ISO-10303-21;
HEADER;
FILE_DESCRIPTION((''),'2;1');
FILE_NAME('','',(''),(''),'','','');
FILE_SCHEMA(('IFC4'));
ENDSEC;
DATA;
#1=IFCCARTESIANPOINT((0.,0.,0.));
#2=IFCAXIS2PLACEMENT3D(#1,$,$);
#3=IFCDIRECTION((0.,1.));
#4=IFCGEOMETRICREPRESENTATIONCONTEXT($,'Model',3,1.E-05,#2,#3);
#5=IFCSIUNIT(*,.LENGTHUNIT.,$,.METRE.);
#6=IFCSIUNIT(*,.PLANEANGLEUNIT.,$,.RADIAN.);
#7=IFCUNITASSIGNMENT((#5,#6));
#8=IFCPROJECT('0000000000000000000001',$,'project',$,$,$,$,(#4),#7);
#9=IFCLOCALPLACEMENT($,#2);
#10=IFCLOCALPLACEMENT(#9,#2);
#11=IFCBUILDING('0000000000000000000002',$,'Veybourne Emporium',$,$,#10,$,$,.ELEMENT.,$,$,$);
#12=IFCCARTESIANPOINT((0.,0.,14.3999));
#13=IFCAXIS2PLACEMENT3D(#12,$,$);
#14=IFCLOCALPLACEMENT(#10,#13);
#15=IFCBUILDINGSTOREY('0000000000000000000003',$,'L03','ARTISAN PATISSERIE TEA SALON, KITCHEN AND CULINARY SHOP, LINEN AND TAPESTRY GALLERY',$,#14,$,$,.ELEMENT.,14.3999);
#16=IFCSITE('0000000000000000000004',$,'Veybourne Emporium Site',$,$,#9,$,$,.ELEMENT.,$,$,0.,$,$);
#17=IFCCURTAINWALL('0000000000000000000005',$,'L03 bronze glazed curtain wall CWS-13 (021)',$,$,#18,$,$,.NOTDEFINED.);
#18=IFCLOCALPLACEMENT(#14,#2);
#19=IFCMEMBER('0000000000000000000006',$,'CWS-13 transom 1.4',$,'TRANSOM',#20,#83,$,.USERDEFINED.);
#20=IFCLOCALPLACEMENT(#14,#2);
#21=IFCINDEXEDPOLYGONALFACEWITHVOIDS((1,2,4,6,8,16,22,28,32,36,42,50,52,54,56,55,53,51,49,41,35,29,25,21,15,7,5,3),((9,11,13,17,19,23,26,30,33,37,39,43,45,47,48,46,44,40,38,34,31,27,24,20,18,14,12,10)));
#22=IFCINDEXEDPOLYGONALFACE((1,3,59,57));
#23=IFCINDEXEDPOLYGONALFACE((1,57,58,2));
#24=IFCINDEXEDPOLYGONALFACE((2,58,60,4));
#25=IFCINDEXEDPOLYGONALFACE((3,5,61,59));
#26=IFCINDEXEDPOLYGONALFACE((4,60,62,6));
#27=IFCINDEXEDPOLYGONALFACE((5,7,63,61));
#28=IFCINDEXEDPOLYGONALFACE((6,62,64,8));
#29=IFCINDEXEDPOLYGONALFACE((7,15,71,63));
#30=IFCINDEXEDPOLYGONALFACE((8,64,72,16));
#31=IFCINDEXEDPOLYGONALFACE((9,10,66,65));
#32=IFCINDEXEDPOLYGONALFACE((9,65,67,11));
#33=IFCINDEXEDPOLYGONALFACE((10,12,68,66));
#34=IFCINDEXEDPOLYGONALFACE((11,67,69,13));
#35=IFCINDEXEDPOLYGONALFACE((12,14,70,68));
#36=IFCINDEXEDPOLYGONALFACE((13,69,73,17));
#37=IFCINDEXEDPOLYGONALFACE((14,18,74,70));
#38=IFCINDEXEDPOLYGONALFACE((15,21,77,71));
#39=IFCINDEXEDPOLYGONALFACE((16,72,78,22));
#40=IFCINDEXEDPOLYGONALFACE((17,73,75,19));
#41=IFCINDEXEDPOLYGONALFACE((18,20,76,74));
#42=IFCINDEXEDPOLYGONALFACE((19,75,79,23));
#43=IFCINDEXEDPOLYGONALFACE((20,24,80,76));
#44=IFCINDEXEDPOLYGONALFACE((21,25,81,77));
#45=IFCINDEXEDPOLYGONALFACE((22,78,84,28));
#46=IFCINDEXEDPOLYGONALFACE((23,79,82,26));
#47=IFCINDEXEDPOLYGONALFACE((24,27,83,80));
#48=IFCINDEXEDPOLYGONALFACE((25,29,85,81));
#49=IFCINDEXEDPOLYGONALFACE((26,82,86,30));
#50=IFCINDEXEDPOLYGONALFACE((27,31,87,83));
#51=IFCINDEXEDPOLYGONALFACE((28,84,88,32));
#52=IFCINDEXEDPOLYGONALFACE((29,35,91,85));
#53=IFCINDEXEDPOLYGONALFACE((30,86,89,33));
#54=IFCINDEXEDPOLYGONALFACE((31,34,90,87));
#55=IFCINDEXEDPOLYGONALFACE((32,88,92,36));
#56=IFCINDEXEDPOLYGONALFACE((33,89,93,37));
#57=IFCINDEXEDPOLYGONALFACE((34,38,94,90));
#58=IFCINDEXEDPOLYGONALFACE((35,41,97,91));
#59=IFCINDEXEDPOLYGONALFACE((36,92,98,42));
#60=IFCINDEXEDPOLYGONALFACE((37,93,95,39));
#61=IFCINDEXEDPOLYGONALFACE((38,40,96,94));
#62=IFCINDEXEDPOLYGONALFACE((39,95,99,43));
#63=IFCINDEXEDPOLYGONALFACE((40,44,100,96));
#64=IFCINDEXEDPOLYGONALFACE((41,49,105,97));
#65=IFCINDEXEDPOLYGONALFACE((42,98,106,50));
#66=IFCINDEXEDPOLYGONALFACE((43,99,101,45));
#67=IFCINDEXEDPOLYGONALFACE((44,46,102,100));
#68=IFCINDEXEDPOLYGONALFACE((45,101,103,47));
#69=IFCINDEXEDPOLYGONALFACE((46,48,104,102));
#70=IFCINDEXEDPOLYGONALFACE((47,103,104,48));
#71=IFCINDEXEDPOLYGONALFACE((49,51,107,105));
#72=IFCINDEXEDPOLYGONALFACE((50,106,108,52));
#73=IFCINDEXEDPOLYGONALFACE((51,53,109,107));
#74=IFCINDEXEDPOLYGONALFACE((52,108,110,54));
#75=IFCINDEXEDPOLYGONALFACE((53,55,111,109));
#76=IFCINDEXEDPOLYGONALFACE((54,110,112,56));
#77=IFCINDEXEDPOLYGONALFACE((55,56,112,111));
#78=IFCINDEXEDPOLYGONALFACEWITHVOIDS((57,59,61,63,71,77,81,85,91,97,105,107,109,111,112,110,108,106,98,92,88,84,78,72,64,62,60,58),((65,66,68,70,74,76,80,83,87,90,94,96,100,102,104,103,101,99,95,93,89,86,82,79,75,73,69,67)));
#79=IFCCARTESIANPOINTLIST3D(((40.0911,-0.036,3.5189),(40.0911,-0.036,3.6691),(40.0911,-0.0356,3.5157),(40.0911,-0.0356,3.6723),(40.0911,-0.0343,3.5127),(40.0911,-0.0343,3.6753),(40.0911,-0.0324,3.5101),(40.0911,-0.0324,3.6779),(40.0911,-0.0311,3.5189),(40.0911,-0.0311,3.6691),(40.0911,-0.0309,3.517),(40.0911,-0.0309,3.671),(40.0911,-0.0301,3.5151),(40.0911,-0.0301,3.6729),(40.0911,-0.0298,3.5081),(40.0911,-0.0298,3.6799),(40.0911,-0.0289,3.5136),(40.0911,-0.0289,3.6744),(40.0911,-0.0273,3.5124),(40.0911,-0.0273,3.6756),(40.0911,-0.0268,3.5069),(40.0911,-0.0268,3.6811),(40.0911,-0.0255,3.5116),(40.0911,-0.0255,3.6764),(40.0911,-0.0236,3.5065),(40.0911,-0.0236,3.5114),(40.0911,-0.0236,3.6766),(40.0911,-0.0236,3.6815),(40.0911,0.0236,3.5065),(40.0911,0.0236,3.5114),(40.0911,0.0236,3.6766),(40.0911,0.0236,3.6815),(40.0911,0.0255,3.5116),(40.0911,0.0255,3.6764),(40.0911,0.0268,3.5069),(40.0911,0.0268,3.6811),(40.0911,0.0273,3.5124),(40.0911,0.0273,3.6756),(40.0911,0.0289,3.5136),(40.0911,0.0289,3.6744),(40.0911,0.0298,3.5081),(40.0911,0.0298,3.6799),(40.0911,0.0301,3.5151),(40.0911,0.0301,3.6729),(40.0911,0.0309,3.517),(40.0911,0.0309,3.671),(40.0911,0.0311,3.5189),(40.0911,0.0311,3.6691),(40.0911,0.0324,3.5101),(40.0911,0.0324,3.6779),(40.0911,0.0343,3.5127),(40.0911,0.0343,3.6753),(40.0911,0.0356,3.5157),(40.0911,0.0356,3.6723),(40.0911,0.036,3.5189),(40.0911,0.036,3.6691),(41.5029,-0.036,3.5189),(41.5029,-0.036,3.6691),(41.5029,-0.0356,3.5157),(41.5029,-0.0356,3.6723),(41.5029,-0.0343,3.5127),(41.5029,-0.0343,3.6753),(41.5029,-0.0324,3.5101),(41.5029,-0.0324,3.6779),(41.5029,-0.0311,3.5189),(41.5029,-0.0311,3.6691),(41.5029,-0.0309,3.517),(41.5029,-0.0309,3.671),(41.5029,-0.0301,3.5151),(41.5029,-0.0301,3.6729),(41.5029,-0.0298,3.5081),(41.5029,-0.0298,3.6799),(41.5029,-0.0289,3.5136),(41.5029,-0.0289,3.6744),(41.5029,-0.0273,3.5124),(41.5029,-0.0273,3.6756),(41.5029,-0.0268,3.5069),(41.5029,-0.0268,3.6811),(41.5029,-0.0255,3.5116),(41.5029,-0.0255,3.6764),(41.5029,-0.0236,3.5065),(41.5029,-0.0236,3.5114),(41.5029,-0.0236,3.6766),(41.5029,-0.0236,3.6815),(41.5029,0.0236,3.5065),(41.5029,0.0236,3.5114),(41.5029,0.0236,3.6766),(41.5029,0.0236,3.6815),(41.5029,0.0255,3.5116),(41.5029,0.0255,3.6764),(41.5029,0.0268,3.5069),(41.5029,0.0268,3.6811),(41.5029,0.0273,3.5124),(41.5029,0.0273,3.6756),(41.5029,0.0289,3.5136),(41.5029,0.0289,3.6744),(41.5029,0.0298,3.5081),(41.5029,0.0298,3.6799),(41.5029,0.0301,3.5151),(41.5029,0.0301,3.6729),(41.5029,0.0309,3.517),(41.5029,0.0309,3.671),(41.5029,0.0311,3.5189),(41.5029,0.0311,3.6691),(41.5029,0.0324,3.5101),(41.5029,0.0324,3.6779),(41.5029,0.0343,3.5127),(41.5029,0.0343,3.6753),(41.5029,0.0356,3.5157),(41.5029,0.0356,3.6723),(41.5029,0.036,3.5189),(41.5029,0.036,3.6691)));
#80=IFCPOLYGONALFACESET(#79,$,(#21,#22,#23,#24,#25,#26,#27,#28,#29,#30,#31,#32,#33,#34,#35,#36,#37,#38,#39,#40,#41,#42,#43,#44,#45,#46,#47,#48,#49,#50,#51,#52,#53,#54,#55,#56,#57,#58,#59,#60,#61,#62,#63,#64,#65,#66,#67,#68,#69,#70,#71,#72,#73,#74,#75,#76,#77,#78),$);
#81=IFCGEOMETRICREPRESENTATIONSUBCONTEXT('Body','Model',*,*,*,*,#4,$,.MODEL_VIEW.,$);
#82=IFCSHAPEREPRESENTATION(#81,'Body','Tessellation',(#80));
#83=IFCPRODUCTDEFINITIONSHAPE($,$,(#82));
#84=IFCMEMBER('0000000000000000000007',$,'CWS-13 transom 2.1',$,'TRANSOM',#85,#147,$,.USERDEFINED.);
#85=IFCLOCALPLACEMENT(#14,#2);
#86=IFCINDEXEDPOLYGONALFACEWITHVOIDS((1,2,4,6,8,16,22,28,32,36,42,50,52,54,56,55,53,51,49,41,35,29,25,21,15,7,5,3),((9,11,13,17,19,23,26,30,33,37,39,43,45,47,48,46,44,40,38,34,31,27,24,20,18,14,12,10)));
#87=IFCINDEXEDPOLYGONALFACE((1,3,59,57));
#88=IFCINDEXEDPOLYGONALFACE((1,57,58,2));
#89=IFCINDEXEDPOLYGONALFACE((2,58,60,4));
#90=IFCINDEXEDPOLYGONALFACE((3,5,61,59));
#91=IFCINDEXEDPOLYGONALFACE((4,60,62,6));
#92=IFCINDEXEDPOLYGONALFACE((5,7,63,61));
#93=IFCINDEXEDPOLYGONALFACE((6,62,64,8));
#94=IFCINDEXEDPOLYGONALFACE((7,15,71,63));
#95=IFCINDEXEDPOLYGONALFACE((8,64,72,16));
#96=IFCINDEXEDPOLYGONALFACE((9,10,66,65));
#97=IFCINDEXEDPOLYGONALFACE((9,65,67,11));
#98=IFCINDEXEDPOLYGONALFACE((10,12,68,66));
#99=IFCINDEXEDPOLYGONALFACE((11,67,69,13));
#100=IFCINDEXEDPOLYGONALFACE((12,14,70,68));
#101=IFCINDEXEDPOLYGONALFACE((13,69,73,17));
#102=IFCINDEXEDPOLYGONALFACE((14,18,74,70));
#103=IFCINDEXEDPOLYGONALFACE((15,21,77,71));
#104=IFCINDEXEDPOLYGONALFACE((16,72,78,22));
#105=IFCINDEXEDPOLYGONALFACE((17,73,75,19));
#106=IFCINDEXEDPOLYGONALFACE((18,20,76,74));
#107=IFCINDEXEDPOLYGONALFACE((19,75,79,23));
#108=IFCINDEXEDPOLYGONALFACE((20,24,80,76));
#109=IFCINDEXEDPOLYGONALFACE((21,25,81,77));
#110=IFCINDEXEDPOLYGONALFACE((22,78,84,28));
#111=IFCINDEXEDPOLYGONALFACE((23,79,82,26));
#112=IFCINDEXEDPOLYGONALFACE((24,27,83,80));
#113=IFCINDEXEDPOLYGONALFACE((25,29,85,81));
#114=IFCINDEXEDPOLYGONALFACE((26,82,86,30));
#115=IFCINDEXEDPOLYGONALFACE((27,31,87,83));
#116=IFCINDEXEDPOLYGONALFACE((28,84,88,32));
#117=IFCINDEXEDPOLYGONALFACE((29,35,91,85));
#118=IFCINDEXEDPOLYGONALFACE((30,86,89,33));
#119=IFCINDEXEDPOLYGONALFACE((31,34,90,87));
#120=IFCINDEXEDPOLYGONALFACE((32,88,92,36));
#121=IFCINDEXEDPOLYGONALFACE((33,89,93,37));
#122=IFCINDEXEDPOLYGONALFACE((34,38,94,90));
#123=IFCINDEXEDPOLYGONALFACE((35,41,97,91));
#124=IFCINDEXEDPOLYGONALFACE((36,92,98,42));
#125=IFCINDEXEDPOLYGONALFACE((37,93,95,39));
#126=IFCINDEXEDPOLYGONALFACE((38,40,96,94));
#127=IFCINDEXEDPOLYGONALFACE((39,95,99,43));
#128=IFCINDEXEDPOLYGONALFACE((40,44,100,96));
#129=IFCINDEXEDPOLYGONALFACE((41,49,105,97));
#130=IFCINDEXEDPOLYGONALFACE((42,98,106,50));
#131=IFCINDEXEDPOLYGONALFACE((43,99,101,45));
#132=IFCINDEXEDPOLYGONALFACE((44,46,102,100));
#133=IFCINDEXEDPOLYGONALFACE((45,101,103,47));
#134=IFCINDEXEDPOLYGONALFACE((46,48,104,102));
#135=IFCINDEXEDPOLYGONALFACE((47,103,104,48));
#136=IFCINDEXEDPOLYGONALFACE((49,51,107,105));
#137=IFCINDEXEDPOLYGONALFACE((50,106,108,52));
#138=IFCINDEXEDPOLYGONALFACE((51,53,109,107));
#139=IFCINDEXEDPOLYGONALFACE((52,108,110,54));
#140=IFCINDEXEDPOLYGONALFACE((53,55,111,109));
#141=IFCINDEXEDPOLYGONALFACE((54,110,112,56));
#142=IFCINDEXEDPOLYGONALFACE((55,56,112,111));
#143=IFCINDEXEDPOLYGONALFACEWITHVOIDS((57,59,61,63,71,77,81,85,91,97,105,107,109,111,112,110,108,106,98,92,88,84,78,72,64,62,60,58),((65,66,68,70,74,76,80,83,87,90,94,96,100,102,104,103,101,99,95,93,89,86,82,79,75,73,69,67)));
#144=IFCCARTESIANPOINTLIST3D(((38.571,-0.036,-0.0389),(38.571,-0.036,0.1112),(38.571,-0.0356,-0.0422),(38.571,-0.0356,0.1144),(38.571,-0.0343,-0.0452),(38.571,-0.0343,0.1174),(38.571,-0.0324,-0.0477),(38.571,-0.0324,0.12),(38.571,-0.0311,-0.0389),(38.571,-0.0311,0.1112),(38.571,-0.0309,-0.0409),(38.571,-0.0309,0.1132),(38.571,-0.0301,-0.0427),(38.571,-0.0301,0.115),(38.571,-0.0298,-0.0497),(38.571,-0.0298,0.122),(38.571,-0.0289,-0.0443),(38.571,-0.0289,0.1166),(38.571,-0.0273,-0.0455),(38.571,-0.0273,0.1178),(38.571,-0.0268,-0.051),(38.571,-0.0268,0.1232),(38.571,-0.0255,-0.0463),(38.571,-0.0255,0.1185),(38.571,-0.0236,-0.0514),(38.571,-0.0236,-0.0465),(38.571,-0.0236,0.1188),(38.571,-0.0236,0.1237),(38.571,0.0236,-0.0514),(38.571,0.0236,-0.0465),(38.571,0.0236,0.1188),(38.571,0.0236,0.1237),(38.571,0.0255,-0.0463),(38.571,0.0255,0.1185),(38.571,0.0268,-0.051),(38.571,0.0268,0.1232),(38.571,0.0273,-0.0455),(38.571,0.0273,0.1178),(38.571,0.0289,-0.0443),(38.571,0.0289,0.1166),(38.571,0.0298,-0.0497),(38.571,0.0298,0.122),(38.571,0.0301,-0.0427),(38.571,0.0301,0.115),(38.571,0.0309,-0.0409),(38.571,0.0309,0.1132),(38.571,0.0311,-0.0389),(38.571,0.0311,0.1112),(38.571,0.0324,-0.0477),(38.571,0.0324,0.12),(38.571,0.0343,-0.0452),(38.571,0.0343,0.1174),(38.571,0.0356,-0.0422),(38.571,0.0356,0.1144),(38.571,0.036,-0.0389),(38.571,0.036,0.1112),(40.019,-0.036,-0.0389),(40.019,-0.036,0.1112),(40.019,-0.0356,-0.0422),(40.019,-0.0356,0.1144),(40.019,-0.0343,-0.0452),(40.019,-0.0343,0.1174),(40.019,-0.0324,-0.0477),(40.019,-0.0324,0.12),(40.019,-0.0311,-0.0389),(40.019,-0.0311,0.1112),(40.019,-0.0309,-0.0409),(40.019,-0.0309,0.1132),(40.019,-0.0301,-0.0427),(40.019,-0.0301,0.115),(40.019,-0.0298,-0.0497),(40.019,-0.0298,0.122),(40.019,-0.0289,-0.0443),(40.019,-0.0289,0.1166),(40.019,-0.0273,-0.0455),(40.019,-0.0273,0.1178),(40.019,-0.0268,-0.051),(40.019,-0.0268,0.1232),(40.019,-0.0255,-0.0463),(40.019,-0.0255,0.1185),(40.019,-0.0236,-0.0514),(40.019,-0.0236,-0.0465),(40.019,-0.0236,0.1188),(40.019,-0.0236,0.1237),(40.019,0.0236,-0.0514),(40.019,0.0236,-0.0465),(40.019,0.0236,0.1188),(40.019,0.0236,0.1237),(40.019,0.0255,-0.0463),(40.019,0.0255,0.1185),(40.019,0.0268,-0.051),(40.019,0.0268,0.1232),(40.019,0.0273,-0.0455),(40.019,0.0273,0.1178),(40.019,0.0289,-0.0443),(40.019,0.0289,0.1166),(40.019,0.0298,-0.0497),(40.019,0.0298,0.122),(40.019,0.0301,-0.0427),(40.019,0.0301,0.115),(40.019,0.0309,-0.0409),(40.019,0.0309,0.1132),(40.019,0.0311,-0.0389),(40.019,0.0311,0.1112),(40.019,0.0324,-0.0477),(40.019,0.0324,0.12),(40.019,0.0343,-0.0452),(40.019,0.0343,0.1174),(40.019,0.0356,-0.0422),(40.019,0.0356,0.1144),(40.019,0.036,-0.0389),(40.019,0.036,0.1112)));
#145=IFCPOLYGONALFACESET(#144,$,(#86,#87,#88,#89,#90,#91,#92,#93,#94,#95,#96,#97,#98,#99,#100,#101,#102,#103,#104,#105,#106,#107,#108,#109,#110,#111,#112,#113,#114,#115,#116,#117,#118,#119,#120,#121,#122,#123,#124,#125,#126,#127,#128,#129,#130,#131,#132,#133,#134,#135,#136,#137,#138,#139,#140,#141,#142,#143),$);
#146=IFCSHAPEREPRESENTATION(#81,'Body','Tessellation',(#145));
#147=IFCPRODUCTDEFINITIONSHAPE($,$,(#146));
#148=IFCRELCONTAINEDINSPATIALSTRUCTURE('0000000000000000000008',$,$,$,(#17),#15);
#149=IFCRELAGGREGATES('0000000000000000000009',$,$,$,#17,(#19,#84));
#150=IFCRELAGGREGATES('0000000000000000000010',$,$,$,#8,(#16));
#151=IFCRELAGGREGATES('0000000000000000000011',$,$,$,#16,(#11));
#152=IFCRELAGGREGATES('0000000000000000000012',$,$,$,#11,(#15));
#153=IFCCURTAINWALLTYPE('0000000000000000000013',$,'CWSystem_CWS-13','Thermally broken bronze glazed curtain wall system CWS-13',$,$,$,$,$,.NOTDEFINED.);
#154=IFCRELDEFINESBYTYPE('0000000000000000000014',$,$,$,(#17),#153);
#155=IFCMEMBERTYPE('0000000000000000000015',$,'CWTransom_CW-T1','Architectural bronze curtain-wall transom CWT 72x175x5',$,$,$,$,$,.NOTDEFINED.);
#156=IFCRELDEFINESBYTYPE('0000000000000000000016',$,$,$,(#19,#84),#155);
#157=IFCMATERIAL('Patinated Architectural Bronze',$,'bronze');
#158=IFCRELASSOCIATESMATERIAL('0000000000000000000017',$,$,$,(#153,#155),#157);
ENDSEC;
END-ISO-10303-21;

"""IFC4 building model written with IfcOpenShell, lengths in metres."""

from ifc_helpers import new_model, si_unit, direction, frame, origin, origin_2d, place, context, subcontext, project, spatial, hollow_rectangle, extrude, material, material_profile, profile_set, type_object, element, aggregate, save


model = new_model("IFC4")

# Units and contexts
model_context = context("Model", 3, precision=1e-05, world=origin(), true_north=direction((0.0, 1.0)))
body_context = subcontext(model_context, "Body", "Model", "MODEL_VIEW")
ifc_project = project(units=[si_unit("LENGTHUNIT", "METRE"), si_unit("PLANEANGLEUNIT", "RADIAN")], contexts=[model_context])

# Site, building, storey
site_placement = place(None, origin())
site = spatial("IfcSite", under=ifc_project, at=site_placement, Name="Veybourne Emporium Site", CompositionType="ELEMENT", RefElevation=0.0)
building_placement = place(site_placement, origin())
building = spatial("IfcBuilding", under=site, at=building_placement, Name="Veybourne Emporium", CompositionType="ELEMENT")
storey_placement = place(building_placement, frame((0.0, 0.0, 14.3999)))
storey = spatial("IfcBuildingStorey", under=building, at=storey_placement, Name="L03", Description="ARTISAN PATISSERIE TEA SALON, KITCHEN AND CULINARY SHOP, LINEN AND TAPESTRY GALLERY", CompositionType="ELEMENT", Elevation=14.3999)

# Curtain wall, members
ifc_material_1 = material(Name="Patinated Architectural Bronze", Category="bronze")
curtain_wall_type = type_object("IfcCurtainWallType", Name="CWSystem_CWS-13", Description="Thermally broken bronze glazed curtain wall system CWS-13", PredefinedType="NOTDEFINED", material=ifc_material_1)
curtain_wall_placement = place(storey_placement, origin())
curtain_wall = element("IfcCurtainWall", 1, at=curtain_wall_placement, inside=storey, type_object=curtain_wall_type, Name="L03 bronze glazed curtain wall CWS-13 (021)", PredefinedType="NOTDEFINED")
ifc_material_profile_1 = material_profile(ifc_material_1, hollow_rectangle(XDim=0.072, YDim=0.175, WallThickness=0.0049, InnerFilletRadius=0.0076, OuterFilletRadius=0.0125, at=origin_2d()), Name="CWT 72x175x5")
ifc_profile_set_1 = profile_set([ifc_material_profile_1], Name="Patinated Architectural Bronze")
member_type_1 = type_object("IfcMemberType", Name="CWTransom_CW-T1", Description="Architectural bronze curtain-wall transom CWT 72x175x5", PredefinedType="NOTDEFINED", material=ifc_profile_set_1)
member_1_placement = place(storey_placement, frame((41.5029, 0.0, 3.594), z_axis=(-1.0, 0.0, 0.0), x_axis=(0.0, -1.0, 0.0)))
member_1 = element("IfcMember", 2, at=member_1_placement, type_object=member_type_1, Name="CWS-13 transom 1.4", ObjectType="TRANSOM", PredefinedType="USERDEFINED", context=body_context, shape_type="SweptSolid", body=[
    extrude(hollow_rectangle(XDim=0.072, YDim=0.175, WallThickness=0.0049, InnerFilletRadius=0.0076, OuterFilletRadius=0.0125, at=origin_2d()), origin(), (0.0, 0.0, 1.0), 1.4119),
])
member_2_placement = place(storey_placement, frame((40.019, 0.0, 0.0361), z_axis=(-1.0, 0.0, 0.0), x_axis=(0.0, -1.0, 0.0)))
member_2 = element("IfcMember", 3, at=member_2_placement, type_object=member_type_1, Name="CWS-13 transom 2.1", ObjectType="TRANSOM", PredefinedType="USERDEFINED", context=body_context, shape_type="SweptSolid", body=[
    extrude(hollow_rectangle(XDim=0.072, YDim=0.175, WallThickness=0.0049, InnerFilletRadius=0.0076, OuterFilletRadius=0.0125, at=origin_2d()), origin(), (0.0, 0.0, 1.0), 1.448),
])

aggregate(curtain_wall, [member_1, member_2])

save(model, "model.ifc")
